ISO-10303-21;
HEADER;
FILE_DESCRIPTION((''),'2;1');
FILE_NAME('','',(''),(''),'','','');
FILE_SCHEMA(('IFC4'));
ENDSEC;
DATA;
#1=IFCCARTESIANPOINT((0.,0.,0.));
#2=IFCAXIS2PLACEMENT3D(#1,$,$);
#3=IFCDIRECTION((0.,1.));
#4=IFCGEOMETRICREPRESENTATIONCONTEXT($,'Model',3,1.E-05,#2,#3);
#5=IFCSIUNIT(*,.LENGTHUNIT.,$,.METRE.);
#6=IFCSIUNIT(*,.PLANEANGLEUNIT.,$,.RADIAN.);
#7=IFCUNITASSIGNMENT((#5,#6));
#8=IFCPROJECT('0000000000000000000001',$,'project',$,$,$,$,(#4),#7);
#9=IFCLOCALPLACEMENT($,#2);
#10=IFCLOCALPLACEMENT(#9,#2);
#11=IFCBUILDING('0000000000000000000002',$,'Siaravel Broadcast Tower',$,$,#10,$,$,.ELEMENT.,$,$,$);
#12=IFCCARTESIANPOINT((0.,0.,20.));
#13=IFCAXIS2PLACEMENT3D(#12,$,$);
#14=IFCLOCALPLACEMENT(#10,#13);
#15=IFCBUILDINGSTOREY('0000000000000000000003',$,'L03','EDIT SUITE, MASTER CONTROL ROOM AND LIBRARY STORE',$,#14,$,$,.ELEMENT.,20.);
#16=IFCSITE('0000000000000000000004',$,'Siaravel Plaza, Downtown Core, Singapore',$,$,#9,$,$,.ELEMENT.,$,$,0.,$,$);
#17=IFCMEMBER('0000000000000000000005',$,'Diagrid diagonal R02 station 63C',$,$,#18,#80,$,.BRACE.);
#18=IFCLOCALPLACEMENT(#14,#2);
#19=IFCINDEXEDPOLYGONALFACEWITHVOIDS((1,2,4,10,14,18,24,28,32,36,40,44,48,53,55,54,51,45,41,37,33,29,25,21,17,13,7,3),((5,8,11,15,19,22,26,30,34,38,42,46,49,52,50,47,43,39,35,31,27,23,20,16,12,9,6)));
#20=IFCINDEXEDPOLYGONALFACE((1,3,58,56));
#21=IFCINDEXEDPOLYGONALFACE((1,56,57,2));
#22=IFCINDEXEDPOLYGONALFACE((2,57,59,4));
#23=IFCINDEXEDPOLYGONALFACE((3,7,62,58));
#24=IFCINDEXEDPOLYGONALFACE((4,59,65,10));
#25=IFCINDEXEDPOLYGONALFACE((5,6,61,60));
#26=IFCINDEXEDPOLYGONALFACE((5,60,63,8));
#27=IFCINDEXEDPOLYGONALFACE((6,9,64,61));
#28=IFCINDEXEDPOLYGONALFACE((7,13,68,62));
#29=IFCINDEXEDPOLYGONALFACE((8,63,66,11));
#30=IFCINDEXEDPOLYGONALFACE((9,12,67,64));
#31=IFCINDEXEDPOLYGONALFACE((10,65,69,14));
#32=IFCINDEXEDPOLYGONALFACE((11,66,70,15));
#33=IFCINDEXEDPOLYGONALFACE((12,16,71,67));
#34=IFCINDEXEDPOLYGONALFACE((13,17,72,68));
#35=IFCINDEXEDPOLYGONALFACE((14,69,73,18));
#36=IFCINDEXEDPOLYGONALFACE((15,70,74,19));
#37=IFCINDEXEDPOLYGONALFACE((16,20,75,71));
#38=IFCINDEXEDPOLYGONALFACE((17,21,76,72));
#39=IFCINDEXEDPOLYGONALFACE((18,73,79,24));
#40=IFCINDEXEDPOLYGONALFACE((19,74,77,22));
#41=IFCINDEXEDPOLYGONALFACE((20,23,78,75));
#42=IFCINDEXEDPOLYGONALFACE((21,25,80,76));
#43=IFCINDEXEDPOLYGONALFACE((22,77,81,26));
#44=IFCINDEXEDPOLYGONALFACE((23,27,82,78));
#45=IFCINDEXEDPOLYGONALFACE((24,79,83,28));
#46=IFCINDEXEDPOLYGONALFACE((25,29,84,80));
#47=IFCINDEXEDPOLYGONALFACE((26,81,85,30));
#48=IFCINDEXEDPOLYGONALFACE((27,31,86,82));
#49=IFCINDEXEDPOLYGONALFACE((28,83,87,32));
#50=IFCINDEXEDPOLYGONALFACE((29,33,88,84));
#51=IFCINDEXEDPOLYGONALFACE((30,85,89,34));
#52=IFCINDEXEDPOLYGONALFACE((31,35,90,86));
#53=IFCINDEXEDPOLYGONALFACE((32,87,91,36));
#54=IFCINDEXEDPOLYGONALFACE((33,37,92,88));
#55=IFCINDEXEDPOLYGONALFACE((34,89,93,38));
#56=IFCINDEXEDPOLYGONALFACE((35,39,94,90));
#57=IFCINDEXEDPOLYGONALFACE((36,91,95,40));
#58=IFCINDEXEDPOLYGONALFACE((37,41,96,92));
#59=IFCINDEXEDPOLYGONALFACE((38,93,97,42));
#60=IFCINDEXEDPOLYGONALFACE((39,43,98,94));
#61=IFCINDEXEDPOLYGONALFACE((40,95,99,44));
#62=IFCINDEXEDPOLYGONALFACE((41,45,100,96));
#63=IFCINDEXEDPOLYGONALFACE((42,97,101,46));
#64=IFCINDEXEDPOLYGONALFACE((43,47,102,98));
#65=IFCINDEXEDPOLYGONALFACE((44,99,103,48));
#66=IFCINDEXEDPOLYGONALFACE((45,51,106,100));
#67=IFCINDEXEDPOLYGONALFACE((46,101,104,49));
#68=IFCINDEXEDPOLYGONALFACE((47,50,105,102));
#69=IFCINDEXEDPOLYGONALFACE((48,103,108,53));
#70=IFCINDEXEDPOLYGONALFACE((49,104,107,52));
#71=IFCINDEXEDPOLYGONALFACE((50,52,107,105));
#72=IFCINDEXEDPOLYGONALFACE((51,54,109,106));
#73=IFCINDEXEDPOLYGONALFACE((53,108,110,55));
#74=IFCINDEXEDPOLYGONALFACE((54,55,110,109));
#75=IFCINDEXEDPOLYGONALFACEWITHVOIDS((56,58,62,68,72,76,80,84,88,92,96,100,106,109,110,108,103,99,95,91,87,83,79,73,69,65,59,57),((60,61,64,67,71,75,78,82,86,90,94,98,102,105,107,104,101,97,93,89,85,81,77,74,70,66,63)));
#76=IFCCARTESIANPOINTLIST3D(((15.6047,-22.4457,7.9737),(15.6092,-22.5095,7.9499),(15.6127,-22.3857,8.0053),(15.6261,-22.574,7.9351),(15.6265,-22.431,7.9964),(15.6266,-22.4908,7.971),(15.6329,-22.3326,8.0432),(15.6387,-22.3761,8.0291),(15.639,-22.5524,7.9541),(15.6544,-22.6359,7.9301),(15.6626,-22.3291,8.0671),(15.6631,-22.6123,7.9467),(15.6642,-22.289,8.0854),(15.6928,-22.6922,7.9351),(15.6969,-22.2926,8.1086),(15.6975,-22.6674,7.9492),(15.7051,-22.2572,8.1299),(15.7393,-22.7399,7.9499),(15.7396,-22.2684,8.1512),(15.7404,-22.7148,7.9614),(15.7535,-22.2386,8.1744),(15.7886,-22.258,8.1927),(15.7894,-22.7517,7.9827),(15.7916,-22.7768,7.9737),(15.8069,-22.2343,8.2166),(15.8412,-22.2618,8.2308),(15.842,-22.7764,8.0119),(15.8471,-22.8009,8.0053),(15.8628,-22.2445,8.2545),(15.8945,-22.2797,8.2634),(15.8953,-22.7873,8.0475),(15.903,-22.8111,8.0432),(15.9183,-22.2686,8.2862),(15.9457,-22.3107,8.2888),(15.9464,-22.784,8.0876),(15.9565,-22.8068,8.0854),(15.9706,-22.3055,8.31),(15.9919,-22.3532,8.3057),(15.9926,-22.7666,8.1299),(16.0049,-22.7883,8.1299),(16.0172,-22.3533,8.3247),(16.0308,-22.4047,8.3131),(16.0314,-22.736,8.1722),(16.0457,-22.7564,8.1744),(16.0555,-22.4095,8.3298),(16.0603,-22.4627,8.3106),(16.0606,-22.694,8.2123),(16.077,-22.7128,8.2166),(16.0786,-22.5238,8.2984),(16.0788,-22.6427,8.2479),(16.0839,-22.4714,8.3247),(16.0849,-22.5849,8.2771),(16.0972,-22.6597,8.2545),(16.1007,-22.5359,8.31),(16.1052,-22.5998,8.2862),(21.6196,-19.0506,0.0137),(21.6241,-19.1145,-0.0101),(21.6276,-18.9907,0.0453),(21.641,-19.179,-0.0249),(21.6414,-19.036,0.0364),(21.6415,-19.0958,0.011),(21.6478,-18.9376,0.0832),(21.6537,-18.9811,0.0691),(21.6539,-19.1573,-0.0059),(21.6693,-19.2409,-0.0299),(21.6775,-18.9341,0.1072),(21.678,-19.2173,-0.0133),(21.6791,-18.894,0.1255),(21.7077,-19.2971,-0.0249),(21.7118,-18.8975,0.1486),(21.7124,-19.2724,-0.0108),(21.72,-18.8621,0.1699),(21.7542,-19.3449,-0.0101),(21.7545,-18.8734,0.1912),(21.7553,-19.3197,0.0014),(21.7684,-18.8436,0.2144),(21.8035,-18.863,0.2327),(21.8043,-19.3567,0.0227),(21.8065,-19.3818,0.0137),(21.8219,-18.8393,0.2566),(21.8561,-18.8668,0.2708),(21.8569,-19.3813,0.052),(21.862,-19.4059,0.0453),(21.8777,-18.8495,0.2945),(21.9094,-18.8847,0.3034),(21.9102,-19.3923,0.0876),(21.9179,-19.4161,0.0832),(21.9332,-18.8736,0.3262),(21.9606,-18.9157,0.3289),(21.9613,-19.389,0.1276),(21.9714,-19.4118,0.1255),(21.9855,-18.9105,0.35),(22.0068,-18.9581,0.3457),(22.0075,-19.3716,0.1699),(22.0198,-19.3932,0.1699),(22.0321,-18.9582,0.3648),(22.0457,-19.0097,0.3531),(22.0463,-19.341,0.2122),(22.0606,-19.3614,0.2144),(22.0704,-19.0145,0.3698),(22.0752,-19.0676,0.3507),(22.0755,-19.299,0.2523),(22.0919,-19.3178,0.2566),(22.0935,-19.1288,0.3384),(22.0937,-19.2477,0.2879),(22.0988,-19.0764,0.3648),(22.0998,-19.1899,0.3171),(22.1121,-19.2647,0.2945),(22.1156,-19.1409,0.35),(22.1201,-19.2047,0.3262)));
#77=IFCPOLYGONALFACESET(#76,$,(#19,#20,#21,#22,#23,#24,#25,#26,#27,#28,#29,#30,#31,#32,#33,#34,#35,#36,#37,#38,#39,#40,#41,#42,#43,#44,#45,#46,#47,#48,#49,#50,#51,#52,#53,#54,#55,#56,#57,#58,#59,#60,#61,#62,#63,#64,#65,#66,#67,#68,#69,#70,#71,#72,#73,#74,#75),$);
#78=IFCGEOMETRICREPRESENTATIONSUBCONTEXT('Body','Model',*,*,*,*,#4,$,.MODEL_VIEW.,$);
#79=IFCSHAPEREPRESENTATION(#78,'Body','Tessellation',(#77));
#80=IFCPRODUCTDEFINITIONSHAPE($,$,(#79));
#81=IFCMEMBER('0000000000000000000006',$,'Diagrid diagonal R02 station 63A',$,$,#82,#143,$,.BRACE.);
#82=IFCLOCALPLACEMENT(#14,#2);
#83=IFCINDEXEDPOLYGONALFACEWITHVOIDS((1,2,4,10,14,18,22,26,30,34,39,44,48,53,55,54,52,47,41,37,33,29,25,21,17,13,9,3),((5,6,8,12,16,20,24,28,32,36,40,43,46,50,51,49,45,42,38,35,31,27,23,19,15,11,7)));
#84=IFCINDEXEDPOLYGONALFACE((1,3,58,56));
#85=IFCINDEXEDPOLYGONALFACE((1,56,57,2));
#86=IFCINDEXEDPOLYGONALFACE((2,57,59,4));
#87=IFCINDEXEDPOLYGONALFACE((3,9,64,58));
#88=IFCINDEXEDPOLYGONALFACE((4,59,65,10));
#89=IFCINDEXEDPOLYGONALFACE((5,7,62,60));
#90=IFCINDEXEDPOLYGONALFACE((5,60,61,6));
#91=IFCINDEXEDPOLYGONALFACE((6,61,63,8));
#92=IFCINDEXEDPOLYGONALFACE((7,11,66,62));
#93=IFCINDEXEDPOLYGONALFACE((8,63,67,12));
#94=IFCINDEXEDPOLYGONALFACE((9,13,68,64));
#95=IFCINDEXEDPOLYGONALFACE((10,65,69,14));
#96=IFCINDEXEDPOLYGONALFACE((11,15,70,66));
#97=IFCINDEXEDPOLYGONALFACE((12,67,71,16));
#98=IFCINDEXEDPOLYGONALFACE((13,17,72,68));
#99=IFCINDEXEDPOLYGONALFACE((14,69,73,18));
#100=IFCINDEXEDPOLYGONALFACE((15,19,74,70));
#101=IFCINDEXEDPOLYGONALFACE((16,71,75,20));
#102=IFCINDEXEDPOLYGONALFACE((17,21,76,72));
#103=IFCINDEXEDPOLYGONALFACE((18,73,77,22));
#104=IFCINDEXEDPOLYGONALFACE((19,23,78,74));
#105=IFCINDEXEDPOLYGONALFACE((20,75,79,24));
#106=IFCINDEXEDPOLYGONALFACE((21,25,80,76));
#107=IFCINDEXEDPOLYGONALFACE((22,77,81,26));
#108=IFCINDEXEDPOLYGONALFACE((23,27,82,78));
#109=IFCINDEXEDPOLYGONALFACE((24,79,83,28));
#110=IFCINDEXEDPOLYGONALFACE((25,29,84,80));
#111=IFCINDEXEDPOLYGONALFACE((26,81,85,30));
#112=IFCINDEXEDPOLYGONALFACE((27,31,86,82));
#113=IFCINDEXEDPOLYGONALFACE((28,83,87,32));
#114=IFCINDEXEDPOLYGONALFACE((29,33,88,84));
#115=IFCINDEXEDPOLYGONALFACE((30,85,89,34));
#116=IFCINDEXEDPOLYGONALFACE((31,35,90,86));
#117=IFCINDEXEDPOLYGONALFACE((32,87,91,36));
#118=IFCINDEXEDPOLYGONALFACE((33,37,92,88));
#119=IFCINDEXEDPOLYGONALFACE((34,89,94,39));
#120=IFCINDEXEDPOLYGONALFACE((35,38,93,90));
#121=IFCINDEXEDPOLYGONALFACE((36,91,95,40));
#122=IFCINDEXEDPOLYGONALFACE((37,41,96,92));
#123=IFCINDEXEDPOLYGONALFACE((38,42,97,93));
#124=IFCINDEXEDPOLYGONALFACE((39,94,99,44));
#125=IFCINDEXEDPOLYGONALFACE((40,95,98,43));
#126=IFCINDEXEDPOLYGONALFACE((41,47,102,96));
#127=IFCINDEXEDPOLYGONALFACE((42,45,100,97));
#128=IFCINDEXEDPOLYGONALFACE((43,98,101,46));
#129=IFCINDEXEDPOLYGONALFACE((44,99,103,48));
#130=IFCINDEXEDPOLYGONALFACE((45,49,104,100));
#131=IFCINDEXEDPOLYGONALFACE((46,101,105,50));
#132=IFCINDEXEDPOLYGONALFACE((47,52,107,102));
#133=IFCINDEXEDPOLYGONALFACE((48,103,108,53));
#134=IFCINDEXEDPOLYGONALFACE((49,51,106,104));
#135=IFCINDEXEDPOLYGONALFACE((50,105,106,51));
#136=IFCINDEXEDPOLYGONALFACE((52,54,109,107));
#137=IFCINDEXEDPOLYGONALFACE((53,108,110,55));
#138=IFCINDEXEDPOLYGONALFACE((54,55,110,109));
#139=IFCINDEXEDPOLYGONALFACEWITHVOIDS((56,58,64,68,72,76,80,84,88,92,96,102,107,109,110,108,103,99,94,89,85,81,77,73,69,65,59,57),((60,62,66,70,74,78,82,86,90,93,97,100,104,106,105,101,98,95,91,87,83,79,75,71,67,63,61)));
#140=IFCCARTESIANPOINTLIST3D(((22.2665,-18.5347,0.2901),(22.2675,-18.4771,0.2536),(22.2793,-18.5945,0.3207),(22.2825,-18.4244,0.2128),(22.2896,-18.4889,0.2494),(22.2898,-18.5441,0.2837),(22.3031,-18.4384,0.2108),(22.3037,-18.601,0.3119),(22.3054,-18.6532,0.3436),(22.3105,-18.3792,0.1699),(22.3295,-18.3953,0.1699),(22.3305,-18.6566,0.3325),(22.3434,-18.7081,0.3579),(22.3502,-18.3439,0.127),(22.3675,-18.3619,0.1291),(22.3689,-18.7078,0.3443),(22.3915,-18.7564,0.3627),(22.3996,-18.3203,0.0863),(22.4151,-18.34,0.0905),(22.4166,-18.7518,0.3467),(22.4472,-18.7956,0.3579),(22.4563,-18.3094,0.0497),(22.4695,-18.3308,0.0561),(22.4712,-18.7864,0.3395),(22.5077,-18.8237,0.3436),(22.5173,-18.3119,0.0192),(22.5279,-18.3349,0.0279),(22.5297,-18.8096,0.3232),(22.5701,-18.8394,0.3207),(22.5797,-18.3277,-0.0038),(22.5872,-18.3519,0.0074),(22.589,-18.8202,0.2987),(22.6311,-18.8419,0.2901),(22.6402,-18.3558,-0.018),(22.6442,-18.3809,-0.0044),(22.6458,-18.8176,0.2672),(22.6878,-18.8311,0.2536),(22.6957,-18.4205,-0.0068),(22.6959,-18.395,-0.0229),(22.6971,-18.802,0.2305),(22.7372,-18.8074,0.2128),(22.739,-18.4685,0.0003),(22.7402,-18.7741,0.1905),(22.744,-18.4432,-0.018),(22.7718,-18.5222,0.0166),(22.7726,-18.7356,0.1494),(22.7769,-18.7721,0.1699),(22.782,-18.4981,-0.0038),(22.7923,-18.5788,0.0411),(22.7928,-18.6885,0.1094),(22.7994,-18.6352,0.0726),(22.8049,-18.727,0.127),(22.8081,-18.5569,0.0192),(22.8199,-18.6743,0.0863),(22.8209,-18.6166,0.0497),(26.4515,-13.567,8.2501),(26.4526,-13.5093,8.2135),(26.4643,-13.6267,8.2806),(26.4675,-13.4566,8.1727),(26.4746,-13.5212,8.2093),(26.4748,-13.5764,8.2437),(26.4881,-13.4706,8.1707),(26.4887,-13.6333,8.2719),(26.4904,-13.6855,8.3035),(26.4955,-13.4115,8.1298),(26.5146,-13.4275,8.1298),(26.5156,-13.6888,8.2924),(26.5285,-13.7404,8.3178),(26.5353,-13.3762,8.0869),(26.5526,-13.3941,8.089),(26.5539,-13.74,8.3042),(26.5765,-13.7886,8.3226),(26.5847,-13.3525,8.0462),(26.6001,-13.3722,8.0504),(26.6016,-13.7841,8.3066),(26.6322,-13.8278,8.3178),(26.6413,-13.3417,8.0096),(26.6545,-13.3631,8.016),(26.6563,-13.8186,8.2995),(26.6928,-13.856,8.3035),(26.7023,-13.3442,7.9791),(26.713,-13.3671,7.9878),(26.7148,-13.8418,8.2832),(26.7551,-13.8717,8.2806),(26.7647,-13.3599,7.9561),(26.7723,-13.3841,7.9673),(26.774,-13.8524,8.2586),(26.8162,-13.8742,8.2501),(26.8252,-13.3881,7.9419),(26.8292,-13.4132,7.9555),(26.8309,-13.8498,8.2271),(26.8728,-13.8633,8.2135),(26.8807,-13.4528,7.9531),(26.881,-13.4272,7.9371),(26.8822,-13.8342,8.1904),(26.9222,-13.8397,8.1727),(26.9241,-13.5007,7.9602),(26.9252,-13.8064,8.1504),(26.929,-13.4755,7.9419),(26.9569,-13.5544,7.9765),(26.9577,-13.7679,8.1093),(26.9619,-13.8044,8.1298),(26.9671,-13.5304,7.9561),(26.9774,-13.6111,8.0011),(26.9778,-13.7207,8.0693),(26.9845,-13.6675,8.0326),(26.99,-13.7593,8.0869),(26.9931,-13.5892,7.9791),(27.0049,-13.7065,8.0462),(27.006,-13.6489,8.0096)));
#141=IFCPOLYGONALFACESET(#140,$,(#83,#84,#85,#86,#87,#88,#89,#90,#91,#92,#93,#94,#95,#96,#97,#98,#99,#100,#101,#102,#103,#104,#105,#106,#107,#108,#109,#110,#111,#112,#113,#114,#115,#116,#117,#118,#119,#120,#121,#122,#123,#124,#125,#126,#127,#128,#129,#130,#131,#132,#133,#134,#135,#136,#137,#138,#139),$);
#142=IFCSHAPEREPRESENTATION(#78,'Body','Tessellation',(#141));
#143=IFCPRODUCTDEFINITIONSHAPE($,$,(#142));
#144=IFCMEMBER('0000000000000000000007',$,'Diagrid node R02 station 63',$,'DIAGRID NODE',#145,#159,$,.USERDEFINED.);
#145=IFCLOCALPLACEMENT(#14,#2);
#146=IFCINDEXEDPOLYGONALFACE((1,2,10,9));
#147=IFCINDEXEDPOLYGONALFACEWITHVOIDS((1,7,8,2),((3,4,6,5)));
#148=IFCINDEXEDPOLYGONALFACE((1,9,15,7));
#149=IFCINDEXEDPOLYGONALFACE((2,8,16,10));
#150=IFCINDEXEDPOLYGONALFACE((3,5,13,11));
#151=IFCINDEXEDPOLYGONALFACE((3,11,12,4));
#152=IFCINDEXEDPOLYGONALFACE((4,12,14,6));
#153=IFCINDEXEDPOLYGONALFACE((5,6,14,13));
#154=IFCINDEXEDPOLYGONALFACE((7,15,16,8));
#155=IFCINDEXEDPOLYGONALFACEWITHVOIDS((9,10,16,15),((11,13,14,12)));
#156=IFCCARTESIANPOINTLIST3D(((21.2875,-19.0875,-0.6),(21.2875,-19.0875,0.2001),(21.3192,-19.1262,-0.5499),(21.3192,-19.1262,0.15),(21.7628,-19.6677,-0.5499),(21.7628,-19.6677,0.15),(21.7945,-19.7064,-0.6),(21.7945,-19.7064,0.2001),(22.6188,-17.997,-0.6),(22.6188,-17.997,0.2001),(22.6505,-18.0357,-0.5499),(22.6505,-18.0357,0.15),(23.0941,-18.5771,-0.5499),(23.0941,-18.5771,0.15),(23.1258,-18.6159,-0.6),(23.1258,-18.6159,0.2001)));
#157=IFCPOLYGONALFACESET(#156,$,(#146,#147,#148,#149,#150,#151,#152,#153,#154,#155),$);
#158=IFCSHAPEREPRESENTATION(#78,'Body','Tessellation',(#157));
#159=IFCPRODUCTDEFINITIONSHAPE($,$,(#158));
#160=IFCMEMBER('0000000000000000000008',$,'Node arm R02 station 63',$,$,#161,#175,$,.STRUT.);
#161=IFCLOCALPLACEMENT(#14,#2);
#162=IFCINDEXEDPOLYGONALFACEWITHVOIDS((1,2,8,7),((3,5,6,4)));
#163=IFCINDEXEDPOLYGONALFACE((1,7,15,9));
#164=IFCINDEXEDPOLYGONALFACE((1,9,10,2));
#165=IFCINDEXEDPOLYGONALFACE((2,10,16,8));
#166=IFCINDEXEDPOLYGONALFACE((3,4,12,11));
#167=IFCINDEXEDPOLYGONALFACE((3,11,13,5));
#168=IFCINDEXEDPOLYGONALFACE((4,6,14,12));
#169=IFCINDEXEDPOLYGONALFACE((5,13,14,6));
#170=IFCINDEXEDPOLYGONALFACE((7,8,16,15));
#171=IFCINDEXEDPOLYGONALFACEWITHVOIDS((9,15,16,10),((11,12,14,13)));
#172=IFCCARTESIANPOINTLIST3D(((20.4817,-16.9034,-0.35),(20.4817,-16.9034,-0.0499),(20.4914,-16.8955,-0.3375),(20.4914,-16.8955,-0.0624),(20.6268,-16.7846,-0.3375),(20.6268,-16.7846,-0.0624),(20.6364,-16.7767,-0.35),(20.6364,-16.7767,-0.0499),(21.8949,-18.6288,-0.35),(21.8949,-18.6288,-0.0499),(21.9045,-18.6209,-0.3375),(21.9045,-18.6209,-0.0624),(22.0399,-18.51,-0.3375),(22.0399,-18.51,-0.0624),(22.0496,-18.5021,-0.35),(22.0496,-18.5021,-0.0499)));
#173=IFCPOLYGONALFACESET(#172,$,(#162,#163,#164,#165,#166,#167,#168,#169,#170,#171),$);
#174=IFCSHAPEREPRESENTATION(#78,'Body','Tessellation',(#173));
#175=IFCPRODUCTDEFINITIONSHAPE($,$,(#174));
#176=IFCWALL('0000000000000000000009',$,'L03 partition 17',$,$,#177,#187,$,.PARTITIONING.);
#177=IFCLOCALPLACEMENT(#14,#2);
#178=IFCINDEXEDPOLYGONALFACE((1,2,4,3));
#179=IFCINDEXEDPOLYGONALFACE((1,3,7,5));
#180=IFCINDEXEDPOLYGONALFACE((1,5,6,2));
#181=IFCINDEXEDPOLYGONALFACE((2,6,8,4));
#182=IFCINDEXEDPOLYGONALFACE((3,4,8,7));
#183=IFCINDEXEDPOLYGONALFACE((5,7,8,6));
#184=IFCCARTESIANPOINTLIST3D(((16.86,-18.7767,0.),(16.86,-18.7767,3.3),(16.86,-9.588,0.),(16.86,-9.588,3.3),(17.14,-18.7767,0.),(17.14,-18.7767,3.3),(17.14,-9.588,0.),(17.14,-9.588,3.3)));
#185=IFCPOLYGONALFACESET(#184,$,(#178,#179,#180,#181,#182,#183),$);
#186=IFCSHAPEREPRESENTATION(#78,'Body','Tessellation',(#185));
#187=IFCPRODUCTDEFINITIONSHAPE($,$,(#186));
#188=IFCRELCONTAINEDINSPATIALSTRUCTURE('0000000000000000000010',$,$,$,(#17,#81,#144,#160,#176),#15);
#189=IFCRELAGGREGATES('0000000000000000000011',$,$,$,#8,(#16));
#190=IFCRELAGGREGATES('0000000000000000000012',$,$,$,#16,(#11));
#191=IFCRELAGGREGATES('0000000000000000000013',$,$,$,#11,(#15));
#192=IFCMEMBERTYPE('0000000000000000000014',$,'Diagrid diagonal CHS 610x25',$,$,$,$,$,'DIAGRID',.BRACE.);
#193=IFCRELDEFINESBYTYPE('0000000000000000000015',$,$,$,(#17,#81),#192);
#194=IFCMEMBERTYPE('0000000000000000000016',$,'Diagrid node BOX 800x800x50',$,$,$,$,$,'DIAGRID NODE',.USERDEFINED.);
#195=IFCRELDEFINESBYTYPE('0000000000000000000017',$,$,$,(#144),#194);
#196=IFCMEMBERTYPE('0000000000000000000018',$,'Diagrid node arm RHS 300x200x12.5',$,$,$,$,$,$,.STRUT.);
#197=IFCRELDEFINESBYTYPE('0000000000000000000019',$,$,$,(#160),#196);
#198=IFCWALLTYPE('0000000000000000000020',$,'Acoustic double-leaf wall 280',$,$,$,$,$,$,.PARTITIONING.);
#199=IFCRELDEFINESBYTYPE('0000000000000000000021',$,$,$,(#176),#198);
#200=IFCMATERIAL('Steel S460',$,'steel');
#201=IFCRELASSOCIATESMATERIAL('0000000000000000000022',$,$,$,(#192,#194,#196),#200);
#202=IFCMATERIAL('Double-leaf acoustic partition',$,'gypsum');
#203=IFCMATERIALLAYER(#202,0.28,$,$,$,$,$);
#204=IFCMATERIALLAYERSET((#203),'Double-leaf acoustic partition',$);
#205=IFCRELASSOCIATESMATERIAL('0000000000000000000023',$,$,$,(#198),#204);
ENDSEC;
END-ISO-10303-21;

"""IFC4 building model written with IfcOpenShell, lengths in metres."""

from ifc_helpers import new_model, si_unit, direction, frame, frame_2d, origin, origin_2d, place, context, subcontext, project, spatial, rectangle, hollow_rectangle, hollow_circle, extrude, material, layer, layer_set, material_profile, profile_set, type_object, element, save


model = new_model("IFC4")

# Units and contexts
model_context = context("Model", 3, precision=1e-05, world=origin(), true_north=direction((0.0, 1.0)))
body_context = subcontext(model_context, "Body", "Model", "MODEL_VIEW")
ifc_project = project(units=[si_unit("LENGTHUNIT", "METRE"), si_unit("PLANEANGLEUNIT", "RADIAN")], contexts=[model_context])

# Site, building, storey
site_placement = place(None, origin())
site = spatial("IfcSite", under=ifc_project, at=site_placement, Name="Siaravel Plaza, Downtown Core, Singapore", CompositionType="ELEMENT", RefElevation=0.0)
building_placement = place(site_placement, origin())
building = spatial("IfcBuilding", under=site, at=building_placement, Name="Siaravel Broadcast Tower", CompositionType="ELEMENT")
storey_placement = place(building_placement, frame((0.0, 0.0, 20.0)))
storey = spatial("IfcBuildingStorey", under=building, at=storey_placement, Name="L03", Description="EDIT SUITE, MASTER CONTROL ROOM AND LIBRARY STORE", CompositionType="ELEMENT", Elevation=20.0)

# Members
ifc_material_1 = material(Name="Steel S460", Category="steel")
ifc_material_profile_1 = material_profile(ifc_material_1, hollow_circle(Radius=0.3049, WallThickness=0.0249, at=origin_2d()))
ifc_profile_set_1 = profile_set([ifc_material_profile_1], Name="Steel S460")
member_type_1 = type_object("IfcMemberType", Name="Diagrid diagonal CHS 610x25", ElementType="DIAGRID", PredefinedType="BRACE", material=ifc_profile_set_1)
member_1_placement = place(storey_placement, frame((21.8699, -19.1277, 0.1699), z_axis=(-0.570739, -0.322145, 0.755301), x_axis=(0.491541, -0.870854, 0.0)))
element("IfcMember", 1, at=member_1_placement, inside=storey, type_object=member_type_1, Name="Diagrid diagonal R02 station 63C", PredefinedType="BRACE", context=body_context, shape_type="SweptSolid", body=[
    extrude(hollow_circle(Radius=0.3049, WallThickness=0.0249, at=origin_2d()), origin(), (0.0, 0.0, 1.0), 10.5388),
])
member_2_placement = place(storey_placement, frame((22.5437, -18.5757, 0.1699), z_axis=(0.407346, 0.48353, 0.77477), x_axis=(-0.764784, 0.644286, 0.0)))
element("IfcMember", 2, at=member_2_placement, inside=storey, type_object=member_type_1, Name="Diagrid diagonal R02 station 63A", PredefinedType="BRACE", context=body_context, shape_type="SweptSolid", body=[
    extrude(hollow_circle(Radius=0.3049, WallThickness=0.0249, at=origin_2d()), origin(), (0.0, 0.0, 1.0), 10.2739),
])
ifc_material_profile_2 = material_profile(ifc_material_1, hollow_rectangle(XDim=0.8, YDim=0.8, WallThickness=0.05, at=origin_2d()))
ifc_profile_set_2 = profile_set([ifc_material_profile_2], Name="Steel S460")
member_type_2 = type_object("IfcMemberType", Name="Diagrid node BOX 800x800x50", ElementType="DIAGRID NODE", PredefinedType="USERDEFINED", material=ifc_profile_set_2)
member_3_placement = place(storey_placement, frame((21.541, -19.397, -0.2), z_axis=(0.773578, 0.633701, 0.0), x_axis=(-0.633701, 0.773578, 0.0)))
element("IfcMember", 3, at=member_3_placement, inside=storey, type_object=member_type_2, Name="Diagrid node R02 station 63", ObjectType="DIAGRID NODE", PredefinedType="USERDEFINED", context=body_context, shape_type="SweptSolid", body=[
    extrude(hollow_rectangle(XDim=0.8, YDim=0.8, WallThickness=0.05, at=origin_2d()), origin(), (0.0, 0.0, 1.0), 1.7209),
])
ifc_material_profile_3 = material_profile(ifc_material_1, hollow_rectangle(XDim=0.2, YDim=0.3, WallThickness=0.0125, at=origin_2d()))
ifc_profile_set_3 = profile_set([ifc_material_profile_3], Name="Steel S460")
member_type_3 = type_object("IfcMemberType", Name="Diagrid node arm RHS 300x200x12.5", PredefinedType="STRUT", material=ifc_profile_set_3)
member_4_placement = place(storey_placement, frame((20.5591, -16.8401, -0.2), z_axis=(0.633625, -0.77364, 0.0), x_axis=(0.77364, 0.633625, 0.0)))
element("IfcMember", 4, at=member_4_placement, inside=storey, type_object=member_type_3, Name="Node arm R02 station 63", PredefinedType="STRUT", context=body_context, shape_type="SweptSolid", body=[
    extrude(hollow_rectangle(XDim=0.2, YDim=0.3, WallThickness=0.0125, at=origin_2d()), origin(), (0.0, 0.0, 1.0), 2.2302),
])

# Wall
ifc_material_2 = material(Name="Double-leaf acoustic partition", Category="gypsum")
ifc_layer_1 = layer(ifc_material_2, 0.28)
ifc_layer_set_1 = layer_set([ifc_layer_1], Name="Double-leaf acoustic partition")
wall_type_1 = type_object("IfcWallType", Name="Acoustic double-leaf wall 280", PredefinedType="PARTITIONING", material=ifc_layer_set_1)
wall_1_placement = place(storey_placement, frame((17.0, -18.7766, 0.0), z_axis=(0.0, 0.0, 1.0), x_axis=(0.0, 1.0, 0.0)))
element("IfcWall", 5, at=wall_1_placement, inside=storey, type_object=wall_type_1, Name="L03 partition 17", PredefinedType="PARTITIONING", context=body_context, shape_type="SweptSolid", body=[
    extrude(rectangle(XDim=9.1887, YDim=0.28, at=frame_2d((4.5942, 0.0))), origin(), (0.0, 0.0, 1.0), 3.3),
])

save(model, "model.ifc")
